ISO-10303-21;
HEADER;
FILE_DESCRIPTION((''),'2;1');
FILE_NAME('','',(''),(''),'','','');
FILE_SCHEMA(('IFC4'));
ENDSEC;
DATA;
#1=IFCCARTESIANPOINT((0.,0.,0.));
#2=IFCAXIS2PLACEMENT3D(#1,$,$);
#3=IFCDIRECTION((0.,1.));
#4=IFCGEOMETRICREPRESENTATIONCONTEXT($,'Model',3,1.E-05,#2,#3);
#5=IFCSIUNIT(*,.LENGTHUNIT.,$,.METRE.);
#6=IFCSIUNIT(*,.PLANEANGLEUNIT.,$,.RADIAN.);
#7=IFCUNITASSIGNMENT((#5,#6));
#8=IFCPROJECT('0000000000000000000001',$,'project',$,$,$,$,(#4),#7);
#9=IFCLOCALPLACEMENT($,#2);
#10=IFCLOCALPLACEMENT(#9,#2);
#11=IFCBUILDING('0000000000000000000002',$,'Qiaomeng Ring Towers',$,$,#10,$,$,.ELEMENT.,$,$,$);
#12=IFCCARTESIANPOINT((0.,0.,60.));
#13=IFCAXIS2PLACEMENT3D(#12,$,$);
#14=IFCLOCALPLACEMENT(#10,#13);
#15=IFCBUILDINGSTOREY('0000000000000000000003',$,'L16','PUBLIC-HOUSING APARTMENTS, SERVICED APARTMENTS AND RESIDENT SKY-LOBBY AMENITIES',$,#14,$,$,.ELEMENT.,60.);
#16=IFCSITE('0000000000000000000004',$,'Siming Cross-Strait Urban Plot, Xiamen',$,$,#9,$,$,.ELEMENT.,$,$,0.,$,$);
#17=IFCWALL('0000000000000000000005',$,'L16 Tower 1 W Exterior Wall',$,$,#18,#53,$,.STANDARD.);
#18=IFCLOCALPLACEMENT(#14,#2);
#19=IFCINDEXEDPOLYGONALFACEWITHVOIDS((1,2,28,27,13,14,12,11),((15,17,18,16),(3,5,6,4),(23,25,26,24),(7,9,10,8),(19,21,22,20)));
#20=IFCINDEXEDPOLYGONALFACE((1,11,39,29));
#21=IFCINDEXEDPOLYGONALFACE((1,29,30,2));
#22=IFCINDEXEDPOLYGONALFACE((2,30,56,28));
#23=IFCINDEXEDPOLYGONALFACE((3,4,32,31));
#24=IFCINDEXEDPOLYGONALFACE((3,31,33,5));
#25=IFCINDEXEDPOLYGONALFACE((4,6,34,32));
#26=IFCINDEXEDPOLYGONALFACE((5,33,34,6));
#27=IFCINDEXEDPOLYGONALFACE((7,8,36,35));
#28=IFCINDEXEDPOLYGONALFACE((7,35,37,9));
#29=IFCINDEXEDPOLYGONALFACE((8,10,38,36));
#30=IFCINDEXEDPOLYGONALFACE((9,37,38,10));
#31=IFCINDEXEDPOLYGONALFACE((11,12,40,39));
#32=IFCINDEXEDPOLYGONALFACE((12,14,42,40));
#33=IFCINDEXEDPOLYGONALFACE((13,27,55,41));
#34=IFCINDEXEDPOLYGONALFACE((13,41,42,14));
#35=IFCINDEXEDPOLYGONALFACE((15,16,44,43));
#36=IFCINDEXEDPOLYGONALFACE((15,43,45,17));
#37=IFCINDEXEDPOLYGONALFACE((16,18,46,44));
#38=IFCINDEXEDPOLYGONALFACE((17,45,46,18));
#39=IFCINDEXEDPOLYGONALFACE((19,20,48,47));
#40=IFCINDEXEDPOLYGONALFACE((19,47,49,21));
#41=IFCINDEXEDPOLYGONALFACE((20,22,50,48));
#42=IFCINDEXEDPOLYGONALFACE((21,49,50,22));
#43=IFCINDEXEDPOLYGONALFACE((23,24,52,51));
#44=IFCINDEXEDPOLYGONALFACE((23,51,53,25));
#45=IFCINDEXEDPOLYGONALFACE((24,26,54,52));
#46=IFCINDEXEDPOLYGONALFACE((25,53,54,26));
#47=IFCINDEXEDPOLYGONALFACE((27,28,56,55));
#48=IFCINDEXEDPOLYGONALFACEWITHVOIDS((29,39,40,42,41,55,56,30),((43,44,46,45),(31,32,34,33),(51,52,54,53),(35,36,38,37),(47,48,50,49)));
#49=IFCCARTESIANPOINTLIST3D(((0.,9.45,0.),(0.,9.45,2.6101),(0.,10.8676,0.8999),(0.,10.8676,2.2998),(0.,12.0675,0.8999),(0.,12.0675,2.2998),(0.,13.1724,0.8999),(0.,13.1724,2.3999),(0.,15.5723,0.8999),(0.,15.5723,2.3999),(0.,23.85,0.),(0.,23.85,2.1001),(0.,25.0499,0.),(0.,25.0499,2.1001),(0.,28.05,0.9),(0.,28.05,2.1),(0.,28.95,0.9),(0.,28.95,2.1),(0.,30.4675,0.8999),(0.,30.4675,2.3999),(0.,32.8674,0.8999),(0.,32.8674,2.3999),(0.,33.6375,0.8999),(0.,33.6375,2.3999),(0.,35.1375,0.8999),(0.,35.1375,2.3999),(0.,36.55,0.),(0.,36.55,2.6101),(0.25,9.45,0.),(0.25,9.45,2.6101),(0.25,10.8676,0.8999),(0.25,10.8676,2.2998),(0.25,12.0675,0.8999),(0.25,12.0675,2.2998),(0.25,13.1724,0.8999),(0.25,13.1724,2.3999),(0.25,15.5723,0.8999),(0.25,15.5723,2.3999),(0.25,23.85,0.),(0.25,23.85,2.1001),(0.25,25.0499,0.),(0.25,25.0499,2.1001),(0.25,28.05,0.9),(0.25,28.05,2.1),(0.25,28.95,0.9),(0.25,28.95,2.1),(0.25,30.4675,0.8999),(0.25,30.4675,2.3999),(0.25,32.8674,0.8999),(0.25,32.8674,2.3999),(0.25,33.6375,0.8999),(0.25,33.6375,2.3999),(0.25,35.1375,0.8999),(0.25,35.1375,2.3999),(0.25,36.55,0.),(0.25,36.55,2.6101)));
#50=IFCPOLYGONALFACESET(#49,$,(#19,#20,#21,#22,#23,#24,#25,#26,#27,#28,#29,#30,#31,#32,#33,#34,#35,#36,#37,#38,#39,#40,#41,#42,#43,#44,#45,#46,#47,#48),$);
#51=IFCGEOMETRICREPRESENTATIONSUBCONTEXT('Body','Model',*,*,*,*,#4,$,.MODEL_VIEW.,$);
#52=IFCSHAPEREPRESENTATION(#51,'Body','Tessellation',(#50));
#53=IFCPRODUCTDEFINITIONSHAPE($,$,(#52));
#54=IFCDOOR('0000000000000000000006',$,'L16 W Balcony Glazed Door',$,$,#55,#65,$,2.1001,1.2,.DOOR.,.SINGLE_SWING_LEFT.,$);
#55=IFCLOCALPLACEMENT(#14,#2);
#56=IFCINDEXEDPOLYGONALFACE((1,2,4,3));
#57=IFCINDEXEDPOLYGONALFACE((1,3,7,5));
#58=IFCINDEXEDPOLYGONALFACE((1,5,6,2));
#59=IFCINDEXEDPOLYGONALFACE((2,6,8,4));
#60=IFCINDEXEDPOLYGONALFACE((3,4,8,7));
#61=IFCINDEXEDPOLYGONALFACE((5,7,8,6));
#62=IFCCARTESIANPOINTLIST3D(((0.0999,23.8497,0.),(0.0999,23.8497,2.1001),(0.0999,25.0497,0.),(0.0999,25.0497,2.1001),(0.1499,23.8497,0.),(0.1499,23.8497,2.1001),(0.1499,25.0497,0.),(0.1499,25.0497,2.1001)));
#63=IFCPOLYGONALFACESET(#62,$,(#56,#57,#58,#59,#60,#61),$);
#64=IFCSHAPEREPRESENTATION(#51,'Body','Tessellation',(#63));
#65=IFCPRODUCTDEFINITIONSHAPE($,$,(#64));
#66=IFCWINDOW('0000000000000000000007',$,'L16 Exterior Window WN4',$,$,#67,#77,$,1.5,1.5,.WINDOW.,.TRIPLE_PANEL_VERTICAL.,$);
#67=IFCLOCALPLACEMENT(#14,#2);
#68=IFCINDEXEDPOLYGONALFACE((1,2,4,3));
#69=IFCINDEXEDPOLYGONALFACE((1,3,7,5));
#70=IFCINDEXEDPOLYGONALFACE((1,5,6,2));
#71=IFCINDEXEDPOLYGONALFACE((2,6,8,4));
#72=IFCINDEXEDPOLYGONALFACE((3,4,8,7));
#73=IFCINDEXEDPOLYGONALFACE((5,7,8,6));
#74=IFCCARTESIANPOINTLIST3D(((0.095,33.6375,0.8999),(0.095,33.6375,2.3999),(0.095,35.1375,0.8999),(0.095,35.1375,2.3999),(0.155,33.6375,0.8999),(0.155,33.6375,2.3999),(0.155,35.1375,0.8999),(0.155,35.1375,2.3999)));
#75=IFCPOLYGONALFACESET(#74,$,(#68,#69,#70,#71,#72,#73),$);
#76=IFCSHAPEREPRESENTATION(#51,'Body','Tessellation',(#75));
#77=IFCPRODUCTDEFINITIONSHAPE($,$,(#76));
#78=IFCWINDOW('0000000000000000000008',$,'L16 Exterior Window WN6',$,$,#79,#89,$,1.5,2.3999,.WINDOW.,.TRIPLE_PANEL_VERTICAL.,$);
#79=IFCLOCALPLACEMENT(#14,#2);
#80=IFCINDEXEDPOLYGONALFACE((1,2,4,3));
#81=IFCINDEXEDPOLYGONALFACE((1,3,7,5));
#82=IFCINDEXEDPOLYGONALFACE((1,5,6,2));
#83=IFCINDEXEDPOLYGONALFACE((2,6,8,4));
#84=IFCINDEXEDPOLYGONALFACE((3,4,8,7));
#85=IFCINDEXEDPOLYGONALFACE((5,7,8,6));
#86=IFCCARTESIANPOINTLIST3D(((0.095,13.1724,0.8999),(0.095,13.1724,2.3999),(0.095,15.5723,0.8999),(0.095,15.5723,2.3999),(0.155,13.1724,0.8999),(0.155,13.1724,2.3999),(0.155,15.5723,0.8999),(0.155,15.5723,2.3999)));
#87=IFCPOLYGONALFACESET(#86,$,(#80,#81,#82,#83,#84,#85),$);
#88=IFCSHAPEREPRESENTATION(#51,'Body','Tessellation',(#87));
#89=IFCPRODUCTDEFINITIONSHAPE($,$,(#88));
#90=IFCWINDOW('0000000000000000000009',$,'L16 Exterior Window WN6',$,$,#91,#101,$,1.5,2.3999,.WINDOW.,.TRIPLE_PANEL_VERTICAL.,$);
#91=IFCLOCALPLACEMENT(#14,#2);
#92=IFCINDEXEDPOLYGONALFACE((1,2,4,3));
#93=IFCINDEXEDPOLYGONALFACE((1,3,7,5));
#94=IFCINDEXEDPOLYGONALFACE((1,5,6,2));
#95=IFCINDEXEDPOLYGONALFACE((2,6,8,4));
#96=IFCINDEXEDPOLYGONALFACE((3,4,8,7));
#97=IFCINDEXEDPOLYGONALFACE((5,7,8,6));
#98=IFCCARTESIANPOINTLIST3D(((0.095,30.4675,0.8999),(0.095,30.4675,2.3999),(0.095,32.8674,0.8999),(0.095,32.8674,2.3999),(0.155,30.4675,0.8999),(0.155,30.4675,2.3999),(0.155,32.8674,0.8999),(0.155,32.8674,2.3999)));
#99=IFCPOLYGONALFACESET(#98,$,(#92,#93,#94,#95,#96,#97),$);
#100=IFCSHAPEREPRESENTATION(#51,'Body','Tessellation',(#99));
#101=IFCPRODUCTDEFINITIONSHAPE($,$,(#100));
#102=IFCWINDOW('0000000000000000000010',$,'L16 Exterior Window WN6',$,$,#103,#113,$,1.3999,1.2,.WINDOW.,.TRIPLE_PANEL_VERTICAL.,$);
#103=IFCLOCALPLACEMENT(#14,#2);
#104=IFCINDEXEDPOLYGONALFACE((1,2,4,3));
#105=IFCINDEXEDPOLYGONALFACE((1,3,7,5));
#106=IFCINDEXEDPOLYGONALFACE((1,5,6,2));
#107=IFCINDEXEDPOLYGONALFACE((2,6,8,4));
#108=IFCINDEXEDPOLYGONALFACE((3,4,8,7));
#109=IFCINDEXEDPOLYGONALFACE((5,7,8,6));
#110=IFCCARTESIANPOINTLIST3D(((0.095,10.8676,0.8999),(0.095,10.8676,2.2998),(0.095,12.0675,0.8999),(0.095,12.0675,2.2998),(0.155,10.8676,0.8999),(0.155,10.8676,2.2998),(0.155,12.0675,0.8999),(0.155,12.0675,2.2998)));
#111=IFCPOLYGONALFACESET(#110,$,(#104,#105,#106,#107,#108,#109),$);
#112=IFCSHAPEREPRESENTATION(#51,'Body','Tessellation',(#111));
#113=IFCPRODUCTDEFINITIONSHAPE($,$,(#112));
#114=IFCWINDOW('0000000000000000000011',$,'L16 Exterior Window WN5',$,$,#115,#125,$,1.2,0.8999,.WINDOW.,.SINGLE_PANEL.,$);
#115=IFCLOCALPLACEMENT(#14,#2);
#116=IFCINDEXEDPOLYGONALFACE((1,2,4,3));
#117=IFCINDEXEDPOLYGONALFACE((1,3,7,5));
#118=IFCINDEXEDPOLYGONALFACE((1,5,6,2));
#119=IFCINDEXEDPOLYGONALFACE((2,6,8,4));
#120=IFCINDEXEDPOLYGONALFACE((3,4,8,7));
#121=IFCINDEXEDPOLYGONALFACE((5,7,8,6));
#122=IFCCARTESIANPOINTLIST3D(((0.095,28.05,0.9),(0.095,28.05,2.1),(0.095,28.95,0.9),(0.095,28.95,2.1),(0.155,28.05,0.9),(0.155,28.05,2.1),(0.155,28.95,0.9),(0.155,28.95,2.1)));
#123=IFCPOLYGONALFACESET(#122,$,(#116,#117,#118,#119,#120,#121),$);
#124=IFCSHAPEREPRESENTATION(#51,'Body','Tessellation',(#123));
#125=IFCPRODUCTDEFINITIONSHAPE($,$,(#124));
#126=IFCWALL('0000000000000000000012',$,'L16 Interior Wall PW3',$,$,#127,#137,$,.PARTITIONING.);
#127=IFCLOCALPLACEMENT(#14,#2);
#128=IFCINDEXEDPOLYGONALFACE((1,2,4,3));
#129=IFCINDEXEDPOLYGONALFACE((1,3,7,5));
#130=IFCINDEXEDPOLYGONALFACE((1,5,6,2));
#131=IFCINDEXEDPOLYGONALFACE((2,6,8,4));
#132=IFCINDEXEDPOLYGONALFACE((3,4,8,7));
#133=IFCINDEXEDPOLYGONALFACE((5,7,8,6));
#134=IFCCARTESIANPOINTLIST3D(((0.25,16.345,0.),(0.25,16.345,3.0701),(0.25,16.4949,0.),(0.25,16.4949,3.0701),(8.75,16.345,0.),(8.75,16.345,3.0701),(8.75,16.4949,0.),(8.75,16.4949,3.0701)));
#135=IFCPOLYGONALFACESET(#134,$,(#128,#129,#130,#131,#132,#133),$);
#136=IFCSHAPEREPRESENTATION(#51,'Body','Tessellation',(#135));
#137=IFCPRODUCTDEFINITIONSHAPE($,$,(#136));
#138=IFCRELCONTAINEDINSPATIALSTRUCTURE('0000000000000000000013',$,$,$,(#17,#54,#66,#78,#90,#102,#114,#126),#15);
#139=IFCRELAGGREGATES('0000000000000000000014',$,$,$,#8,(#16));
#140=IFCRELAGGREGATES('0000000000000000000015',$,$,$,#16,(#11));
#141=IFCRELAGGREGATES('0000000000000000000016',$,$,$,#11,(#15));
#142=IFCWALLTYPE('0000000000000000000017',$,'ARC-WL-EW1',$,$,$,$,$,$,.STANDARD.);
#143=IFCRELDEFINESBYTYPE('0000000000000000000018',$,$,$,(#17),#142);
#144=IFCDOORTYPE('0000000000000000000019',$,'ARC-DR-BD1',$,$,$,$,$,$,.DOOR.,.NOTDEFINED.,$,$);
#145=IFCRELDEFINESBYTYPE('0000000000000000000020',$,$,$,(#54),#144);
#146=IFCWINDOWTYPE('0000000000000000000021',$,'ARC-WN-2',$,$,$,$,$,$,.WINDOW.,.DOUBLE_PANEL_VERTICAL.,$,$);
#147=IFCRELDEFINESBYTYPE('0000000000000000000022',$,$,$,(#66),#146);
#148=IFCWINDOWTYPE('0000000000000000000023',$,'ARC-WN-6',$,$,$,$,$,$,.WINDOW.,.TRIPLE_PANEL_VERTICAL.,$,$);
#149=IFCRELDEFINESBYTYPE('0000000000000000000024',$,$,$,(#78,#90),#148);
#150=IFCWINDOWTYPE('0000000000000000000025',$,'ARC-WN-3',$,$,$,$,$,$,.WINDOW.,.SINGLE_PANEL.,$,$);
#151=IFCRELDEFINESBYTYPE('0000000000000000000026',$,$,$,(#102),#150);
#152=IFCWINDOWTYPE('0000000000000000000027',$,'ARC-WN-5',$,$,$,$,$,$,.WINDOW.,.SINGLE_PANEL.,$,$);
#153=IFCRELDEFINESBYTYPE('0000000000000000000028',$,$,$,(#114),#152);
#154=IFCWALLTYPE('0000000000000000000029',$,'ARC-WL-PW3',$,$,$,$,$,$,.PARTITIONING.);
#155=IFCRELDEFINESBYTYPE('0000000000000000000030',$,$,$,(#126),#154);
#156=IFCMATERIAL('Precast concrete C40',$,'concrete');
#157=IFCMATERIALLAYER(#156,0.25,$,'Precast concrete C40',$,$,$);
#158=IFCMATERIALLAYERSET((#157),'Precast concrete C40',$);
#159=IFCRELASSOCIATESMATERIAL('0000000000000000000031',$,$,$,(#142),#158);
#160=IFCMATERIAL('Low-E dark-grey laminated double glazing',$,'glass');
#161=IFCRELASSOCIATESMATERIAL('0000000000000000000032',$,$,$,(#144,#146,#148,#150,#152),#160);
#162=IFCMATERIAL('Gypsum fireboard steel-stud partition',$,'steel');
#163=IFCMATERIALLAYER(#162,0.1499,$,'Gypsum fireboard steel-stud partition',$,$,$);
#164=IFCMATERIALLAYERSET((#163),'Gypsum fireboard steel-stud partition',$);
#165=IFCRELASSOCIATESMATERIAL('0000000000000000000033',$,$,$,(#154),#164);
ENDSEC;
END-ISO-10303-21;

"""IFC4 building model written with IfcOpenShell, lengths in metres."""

from ifc_helpers import new_model, si_unit, direction, frame, frame_2d, origin, place, context, subcontext, project, spatial, rectangle, extrude, source, transform, mapped, material, layer, layer_set, type_object, element, fill, save


model = new_model("IFC4")

# Units and contexts
model_context = context("Model", 3, precision=1e-05, world=origin(), true_north=direction((0.0, 1.0)))
body_context = subcontext(model_context, "Body", "Model", "MODEL_VIEW")
ifc_project = project(units=[si_unit("LENGTHUNIT", "METRE"), si_unit("PLANEANGLEUNIT", "RADIAN")], contexts=[model_context])

# Site, building, storey
site_placement = place(None, origin())
site = spatial("IfcSite", under=ifc_project, at=site_placement, Name="Siming Cross-Strait Urban Plot, Xiamen", CompositionType="ELEMENT", RefElevation=0.0)
building_placement = place(site_placement, origin())
building = spatial("IfcBuilding", under=site, at=building_placement, Name="Qiaomeng Ring Towers", CompositionType="ELEMENT")
storey_placement = place(building_placement, frame((0.0, 0.0, 60.0)))
storey = spatial("IfcBuildingStorey", under=building, at=storey_placement, Name="L16", Description="PUBLIC-HOUSING APARTMENTS, SERVICED APARTMENTS AND RESIDENT SKY-LOBBY AMENITIES", CompositionType="ELEMENT", Elevation=60.0)

# Wall, openings, door, windows
ifc_material_1 = material(Name="Precast concrete C40", Category="concrete")
ifc_layer_1 = layer(ifc_material_1, 0.25, Name="Precast concrete C40")
ifc_layer_set_1 = layer_set([ifc_layer_1], Name="Precast concrete C40")
wall_type_1 = type_object("IfcWallType", Name="ARC-WL-EW1", PredefinedType="STANDARD", material=ifc_layer_set_1)
wall_1_placement = place(storey_placement, frame((0.125, 9.45, 0.0), z_axis=(0.0, 0.0, 1.0), x_axis=(0.0, 1.0, 0.0)))
wall_1 = element("IfcWall", 1, at=wall_1_placement, inside=storey, type_object=wall_type_1, Name="L16 Tower 1 W Exterior Wall", PredefinedType="STANDARD", context=body_context, shape_type="SweptSolid", body=[
    extrude(rectangle(XDim=27.1001, YDim=0.25, at=frame_2d((13.55, 0.0))), origin(), (0.0, 0.0, 1.0), 2.6101),
])
opening_1_placement = place(wall_1_placement, frame((14.3999, 0.0, 0.0)))
opening_1 = element("IfcOpeningElement", 2, at=opening_1_placement, cuts=wall_1, PredefinedType="OPENING", context=body_context, shape_type="SweptSolid", body=[
    extrude(rectangle(XDim=1.2, YDim=2.1001, at=frame_2d((0.6001, 1.05))), frame((0.0, 0.135, 0.0), z_axis=(0.0, -1.0, 0.0), x_axis=(1.0, 0.0, 0.0)), (0.0, 0.0, 1.0), 0.27),
])
opening_2_placement = place(wall_1_placement, frame((1.4175, 0.0, 0.8999)))
opening_2 = element("IfcOpeningElement", 3, at=opening_2_placement, cuts=wall_1, PredefinedType="OPENING", context=body_context, shape_type="SweptSolid", body=[
    extrude(rectangle(XDim=1.2, YDim=1.3999, at=frame_2d((0.6001, 0.7))), frame((0.0, 0.135, 0.0), z_axis=(0.0, -1.0, 0.0), x_axis=(1.0, 0.0, 0.0)), (0.0, 0.0, 1.0), 0.27),
])
opening_3_placement = place(wall_1_placement, frame((24.1875, 0.0, 0.8999)))
opening_3 = element("IfcOpeningElement", 4, at=opening_3_placement, cuts=wall_1, PredefinedType="OPENING", context=body_context, shape_type="SweptSolid", body=[
    extrude(rectangle(XDim=1.5, YDim=1.5, at=frame_2d((0.75, 0.75))), frame((0.0, 0.135, 0.0), z_axis=(0.0, -1.0, 0.0), x_axis=(1.0, 0.0, 0.0)), (0.0, 0.0, 1.0), 0.27),
])
opening_4_placement = place(wall_1_placement, frame((3.7224, 0.0, 0.8999)))
opening_4 = element("IfcOpeningElement", 5, at=opening_4_placement, cuts=wall_1, PredefinedType="OPENING", context=body_context, shape_type="SweptSolid", body=[
    extrude(rectangle(XDim=2.3999, YDim=1.5, at=frame_2d((1.2, 0.75))), frame((0.0, 0.135, 0.0), z_axis=(0.0, -1.0, 0.0), x_axis=(1.0, 0.0, 0.0)), (0.0, 0.0, 1.0), 0.27),
])
opening_5_placement = place(wall_1_placement, frame((21.0176, 0.0, 0.8999)))
opening_5 = element("IfcOpeningElement", 6, at=opening_5_placement, cuts=wall_1, PredefinedType="OPENING", context=body_context, shape_type="SweptSolid", body=[
    extrude(rectangle(XDim=2.3999, YDim=1.5, at=frame_2d((1.2, 0.75))), frame((0.0, 0.135, 0.0), z_axis=(0.0, -1.0, 0.0), x_axis=(1.0, 0.0, 0.0)), (0.0, 0.0, 1.0), 0.27),
])
opening_6_placement = place(wall_1_placement, frame((18.6001, 0.0, 0.8999)))
opening_6 = element("IfcOpeningElement", 7, at=opening_6_placement, cuts=wall_1, PredefinedType="OPENING", context=body_context, shape_type="SweptSolid", body=[
    extrude(rectangle(XDim=0.8999, YDim=1.2, at=frame_2d((0.45, 0.6001))), frame((0.0, 0.135, 0.0), z_axis=(0.0, -1.0, 0.0), x_axis=(1.0, 0.0, 0.0)), (0.0, 0.0, 1.0), 0.27),
])
ifc_material_2 = material(Name="Low-E dark-grey laminated double glazing", Category="glass")
door_type_1 = type_object("IfcDoorType", Name="ARC-DR-BD1", OperationType="NOTDEFINED", PredefinedType="DOOR", material=ifc_material_2)
shared_shape_1 = source(origin(), body_context, "Body", "SweptSolid", [
    extrude(rectangle(XDim=1.2, YDim=2.1001, at=frame_2d((0.6001, 1.05))), frame((0.0, 0.0249, 0.0), z_axis=(0.0, -1.0, 0.0), x_axis=(1.0, 0.0, 0.0)), (0.0, 0.0, 1.0), 0.05),
])
door_1_placement = place(opening_1_placement, frame((1.2, 0.0, 0.0), z_axis=(0.0, 0.0, 1.0), x_axis=(-1.0, 0.0, 0.0)))
door_1 = element("IfcDoor", 8, at=door_1_placement, inside=storey, type_object=door_type_1, Name="L16 W Balcony Glazed Door", OperationType="SINGLE_SWING_LEFT", OverallHeight=2.1001, OverallWidth=1.2, PredefinedType="DOOR", context=body_context, shape_type="MappedRepresentation", body=[
    mapped(shared_shape_1, transform((0.0, 0.0, 0.0), x_axis=(1.0, 0.0, 0.0), y_axis=(0.0, 1.0, 0.0), z_axis=(0.0, 0.0, 1.0), scale=1.0)),
])
fill(opening_1, door_1)
window_type_1 = type_object("IfcWindowType", Name="ARC-WN-2", PartitioningType="DOUBLE_PANEL_VERTICAL", PredefinedType="WINDOW", material=ifc_material_2)
shared_shape_2 = source(origin(), body_context, "Body", "SweptSolid", [
    extrude(rectangle(XDim=1.5, YDim=1.5, at=frame_2d((0.75, 0.75))), frame((0.0, 0.03, 0.0), z_axis=(0.0, -1.0, 0.0), x_axis=(1.0, 0.0, 0.0)), (0.0, 0.0, 1.0), 0.0601),
])
window_1_placement = place(opening_3_placement, origin())
window_1 = element("IfcWindow", 9, at=window_1_placement, inside=storey, type_object=window_type_1, Name="L16 Exterior Window WN4", OverallHeight=1.5, OverallWidth=1.5, PartitioningType="TRIPLE_PANEL_VERTICAL", PredefinedType="WINDOW", context=body_context, shape_type="MappedRepresentation", body=[
    mapped(shared_shape_2, transform((0.0, 0.0, 0.0), x_axis=(1.0, 0.0, 0.0), y_axis=(0.0, 1.0, 0.0), z_axis=(0.0, 0.0, 1.0), scale=1.0)),
])
fill(opening_3, window_1)
window_type_2 = type_object("IfcWindowType", Name="ARC-WN-6", PartitioningType="TRIPLE_PANEL_VERTICAL", PredefinedType="WINDOW", material=ifc_material_2)
shared_shape_3 = source(origin(), body_context, "Body", "SweptSolid", [
    extrude(rectangle(XDim=2.3999, YDim=1.5, at=frame_2d((1.2, 0.75))), frame((0.0, 0.03, 0.0), z_axis=(0.0, -1.0, 0.0), x_axis=(1.0, 0.0, 0.0)), (0.0, 0.0, 1.0), 0.0601),
])
window_2_placement = place(opening_4_placement, origin())
window_2 = element("IfcWindow", 10, at=window_2_placement, inside=storey, type_object=window_type_2, Name="L16 Exterior Window WN6", OverallHeight=1.5, OverallWidth=2.3999, PartitioningType="TRIPLE_PANEL_VERTICAL", PredefinedType="WINDOW", context=body_context, shape_type="MappedRepresentation", body=[
    mapped(shared_shape_3, transform((0.0, 0.0, 0.0), x_axis=(1.0, 0.0, 0.0), y_axis=(0.0, 1.0, 0.0), z_axis=(0.0, 0.0, 1.0), scale=1.0)),
])
fill(opening_4, window_2)
window_3_placement = place(opening_5_placement, origin())
window_3 = element("IfcWindow", 11, at=window_3_placement, inside=storey, type_object=window_type_2, Name="L16 Exterior Window WN6", OverallHeight=1.5, OverallWidth=2.3999, PartitioningType="TRIPLE_PANEL_VERTICAL", PredefinedType="WINDOW", context=body_context, shape_type="MappedRepresentation", body=[
    mapped(shared_shape_3, transform((0.0, 0.0, 0.0), x_axis=(1.0, 0.0, 0.0), y_axis=(0.0, 1.0, 0.0), z_axis=(0.0, 0.0, 1.0), scale=1.0)),
])
fill(opening_5, window_3)
window_type_3 = type_object("IfcWindowType", Name="ARC-WN-3", PartitioningType="SINGLE_PANEL", PredefinedType="WINDOW", material=ifc_material_2)
shared_shape_4 = source(origin(), body_context, "Body", "SweptSolid", [
    extrude(rectangle(XDim=1.2, YDim=1.3999, at=frame_2d((0.6001, 0.7))), frame((0.0, 0.03, 0.0), z_axis=(0.0, -1.0, 0.0), x_axis=(1.0, 0.0, 0.0)), (0.0, 0.0, 1.0), 0.0601),
])
window_4_placement = place(opening_2_placement, origin())
window_4 = element("IfcWindow", 12, at=window_4_placement, inside=storey, type_object=window_type_3, Name="L16 Exterior Window WN6", OverallHeight=1.3999, OverallWidth=1.2, PartitioningType="TRIPLE_PANEL_VERTICAL", PredefinedType="WINDOW", context=body_context, shape_type="MappedRepresentation", body=[
    mapped(shared_shape_4, transform((0.0, 0.0, 0.0), x_axis=(1.0, 0.0, 0.0), y_axis=(0.0, 1.0, 0.0), z_axis=(0.0, 0.0, 1.0), scale=1.0)),
])
fill(opening_2, window_4)
window_type_4 = type_object("IfcWindowType", Name="ARC-WN-5", PartitioningType="SINGLE_PANEL", PredefinedType="WINDOW", material=ifc_material_2)
shared_shape_5 = source(origin(), body_context, "Body", "SweptSolid", [
    extrude(rectangle(XDim=0.8999, YDim=1.2, at=frame_2d((0.45, 0.6001))), frame((0.0, 0.03, 0.0), z_axis=(0.0, -1.0, 0.0), x_axis=(1.0, 0.0, 0.0)), (0.0, 0.0, 1.0), 0.0601),
])
window_5_placement = place(opening_6_placement, origin())
window_5 = element("IfcWindow", 13, at=window_5_placement, inside=storey, type_object=window_type_4, Name="L16 Exterior Window WN5", OverallHeight=1.2, OverallWidth=0.8999, PartitioningType="SINGLE_PANEL", PredefinedType="WINDOW", context=body_context, shape_type="MappedRepresentation", body=[
    mapped(shared_shape_5, transform((0.0, 0.0, 0.0), x_axis=(1.0, 0.0, 0.0), y_axis=(0.0, 1.0, 0.0), z_axis=(0.0, 0.0, 1.0), scale=1.0)),
])
fill(opening_6, window_5)

# Wall
ifc_material_3 = material(Name="Gypsum fireboard steel-stud partition", Category="steel")
ifc_layer_2 = layer(ifc_material_3, 0.1499, Name="Gypsum fireboard steel-stud partition")
ifc_layer_set_2 = layer_set([ifc_layer_2], Name="Gypsum fireboard steel-stud partition")
wall_type_2 = type_object("IfcWallType", Name="ARC-WL-PW3", PredefinedType="PARTITIONING", material=ifc_layer_set_2)
wall_2_placement = place(storey_placement, frame((0.25, 16.4199, 0.0), z_axis=(0.0, 0.0, 1.0), x_axis=(1.0, 0.0, 0.0)))
element("IfcWall", 14, at=wall_2_placement, inside=storey, type_object=wall_type_2, Name="L16 Interior Wall PW3", PredefinedType="PARTITIONING", context=body_context, shape_type="SweptSolid", body=[
    extrude(rectangle(XDim=8.5, YDim=0.1499, at=frame_2d((4.25, 0.0))), origin(), (0.0, 0.0, 1.0), 3.0701),
])

save(model, "model.ifc")
